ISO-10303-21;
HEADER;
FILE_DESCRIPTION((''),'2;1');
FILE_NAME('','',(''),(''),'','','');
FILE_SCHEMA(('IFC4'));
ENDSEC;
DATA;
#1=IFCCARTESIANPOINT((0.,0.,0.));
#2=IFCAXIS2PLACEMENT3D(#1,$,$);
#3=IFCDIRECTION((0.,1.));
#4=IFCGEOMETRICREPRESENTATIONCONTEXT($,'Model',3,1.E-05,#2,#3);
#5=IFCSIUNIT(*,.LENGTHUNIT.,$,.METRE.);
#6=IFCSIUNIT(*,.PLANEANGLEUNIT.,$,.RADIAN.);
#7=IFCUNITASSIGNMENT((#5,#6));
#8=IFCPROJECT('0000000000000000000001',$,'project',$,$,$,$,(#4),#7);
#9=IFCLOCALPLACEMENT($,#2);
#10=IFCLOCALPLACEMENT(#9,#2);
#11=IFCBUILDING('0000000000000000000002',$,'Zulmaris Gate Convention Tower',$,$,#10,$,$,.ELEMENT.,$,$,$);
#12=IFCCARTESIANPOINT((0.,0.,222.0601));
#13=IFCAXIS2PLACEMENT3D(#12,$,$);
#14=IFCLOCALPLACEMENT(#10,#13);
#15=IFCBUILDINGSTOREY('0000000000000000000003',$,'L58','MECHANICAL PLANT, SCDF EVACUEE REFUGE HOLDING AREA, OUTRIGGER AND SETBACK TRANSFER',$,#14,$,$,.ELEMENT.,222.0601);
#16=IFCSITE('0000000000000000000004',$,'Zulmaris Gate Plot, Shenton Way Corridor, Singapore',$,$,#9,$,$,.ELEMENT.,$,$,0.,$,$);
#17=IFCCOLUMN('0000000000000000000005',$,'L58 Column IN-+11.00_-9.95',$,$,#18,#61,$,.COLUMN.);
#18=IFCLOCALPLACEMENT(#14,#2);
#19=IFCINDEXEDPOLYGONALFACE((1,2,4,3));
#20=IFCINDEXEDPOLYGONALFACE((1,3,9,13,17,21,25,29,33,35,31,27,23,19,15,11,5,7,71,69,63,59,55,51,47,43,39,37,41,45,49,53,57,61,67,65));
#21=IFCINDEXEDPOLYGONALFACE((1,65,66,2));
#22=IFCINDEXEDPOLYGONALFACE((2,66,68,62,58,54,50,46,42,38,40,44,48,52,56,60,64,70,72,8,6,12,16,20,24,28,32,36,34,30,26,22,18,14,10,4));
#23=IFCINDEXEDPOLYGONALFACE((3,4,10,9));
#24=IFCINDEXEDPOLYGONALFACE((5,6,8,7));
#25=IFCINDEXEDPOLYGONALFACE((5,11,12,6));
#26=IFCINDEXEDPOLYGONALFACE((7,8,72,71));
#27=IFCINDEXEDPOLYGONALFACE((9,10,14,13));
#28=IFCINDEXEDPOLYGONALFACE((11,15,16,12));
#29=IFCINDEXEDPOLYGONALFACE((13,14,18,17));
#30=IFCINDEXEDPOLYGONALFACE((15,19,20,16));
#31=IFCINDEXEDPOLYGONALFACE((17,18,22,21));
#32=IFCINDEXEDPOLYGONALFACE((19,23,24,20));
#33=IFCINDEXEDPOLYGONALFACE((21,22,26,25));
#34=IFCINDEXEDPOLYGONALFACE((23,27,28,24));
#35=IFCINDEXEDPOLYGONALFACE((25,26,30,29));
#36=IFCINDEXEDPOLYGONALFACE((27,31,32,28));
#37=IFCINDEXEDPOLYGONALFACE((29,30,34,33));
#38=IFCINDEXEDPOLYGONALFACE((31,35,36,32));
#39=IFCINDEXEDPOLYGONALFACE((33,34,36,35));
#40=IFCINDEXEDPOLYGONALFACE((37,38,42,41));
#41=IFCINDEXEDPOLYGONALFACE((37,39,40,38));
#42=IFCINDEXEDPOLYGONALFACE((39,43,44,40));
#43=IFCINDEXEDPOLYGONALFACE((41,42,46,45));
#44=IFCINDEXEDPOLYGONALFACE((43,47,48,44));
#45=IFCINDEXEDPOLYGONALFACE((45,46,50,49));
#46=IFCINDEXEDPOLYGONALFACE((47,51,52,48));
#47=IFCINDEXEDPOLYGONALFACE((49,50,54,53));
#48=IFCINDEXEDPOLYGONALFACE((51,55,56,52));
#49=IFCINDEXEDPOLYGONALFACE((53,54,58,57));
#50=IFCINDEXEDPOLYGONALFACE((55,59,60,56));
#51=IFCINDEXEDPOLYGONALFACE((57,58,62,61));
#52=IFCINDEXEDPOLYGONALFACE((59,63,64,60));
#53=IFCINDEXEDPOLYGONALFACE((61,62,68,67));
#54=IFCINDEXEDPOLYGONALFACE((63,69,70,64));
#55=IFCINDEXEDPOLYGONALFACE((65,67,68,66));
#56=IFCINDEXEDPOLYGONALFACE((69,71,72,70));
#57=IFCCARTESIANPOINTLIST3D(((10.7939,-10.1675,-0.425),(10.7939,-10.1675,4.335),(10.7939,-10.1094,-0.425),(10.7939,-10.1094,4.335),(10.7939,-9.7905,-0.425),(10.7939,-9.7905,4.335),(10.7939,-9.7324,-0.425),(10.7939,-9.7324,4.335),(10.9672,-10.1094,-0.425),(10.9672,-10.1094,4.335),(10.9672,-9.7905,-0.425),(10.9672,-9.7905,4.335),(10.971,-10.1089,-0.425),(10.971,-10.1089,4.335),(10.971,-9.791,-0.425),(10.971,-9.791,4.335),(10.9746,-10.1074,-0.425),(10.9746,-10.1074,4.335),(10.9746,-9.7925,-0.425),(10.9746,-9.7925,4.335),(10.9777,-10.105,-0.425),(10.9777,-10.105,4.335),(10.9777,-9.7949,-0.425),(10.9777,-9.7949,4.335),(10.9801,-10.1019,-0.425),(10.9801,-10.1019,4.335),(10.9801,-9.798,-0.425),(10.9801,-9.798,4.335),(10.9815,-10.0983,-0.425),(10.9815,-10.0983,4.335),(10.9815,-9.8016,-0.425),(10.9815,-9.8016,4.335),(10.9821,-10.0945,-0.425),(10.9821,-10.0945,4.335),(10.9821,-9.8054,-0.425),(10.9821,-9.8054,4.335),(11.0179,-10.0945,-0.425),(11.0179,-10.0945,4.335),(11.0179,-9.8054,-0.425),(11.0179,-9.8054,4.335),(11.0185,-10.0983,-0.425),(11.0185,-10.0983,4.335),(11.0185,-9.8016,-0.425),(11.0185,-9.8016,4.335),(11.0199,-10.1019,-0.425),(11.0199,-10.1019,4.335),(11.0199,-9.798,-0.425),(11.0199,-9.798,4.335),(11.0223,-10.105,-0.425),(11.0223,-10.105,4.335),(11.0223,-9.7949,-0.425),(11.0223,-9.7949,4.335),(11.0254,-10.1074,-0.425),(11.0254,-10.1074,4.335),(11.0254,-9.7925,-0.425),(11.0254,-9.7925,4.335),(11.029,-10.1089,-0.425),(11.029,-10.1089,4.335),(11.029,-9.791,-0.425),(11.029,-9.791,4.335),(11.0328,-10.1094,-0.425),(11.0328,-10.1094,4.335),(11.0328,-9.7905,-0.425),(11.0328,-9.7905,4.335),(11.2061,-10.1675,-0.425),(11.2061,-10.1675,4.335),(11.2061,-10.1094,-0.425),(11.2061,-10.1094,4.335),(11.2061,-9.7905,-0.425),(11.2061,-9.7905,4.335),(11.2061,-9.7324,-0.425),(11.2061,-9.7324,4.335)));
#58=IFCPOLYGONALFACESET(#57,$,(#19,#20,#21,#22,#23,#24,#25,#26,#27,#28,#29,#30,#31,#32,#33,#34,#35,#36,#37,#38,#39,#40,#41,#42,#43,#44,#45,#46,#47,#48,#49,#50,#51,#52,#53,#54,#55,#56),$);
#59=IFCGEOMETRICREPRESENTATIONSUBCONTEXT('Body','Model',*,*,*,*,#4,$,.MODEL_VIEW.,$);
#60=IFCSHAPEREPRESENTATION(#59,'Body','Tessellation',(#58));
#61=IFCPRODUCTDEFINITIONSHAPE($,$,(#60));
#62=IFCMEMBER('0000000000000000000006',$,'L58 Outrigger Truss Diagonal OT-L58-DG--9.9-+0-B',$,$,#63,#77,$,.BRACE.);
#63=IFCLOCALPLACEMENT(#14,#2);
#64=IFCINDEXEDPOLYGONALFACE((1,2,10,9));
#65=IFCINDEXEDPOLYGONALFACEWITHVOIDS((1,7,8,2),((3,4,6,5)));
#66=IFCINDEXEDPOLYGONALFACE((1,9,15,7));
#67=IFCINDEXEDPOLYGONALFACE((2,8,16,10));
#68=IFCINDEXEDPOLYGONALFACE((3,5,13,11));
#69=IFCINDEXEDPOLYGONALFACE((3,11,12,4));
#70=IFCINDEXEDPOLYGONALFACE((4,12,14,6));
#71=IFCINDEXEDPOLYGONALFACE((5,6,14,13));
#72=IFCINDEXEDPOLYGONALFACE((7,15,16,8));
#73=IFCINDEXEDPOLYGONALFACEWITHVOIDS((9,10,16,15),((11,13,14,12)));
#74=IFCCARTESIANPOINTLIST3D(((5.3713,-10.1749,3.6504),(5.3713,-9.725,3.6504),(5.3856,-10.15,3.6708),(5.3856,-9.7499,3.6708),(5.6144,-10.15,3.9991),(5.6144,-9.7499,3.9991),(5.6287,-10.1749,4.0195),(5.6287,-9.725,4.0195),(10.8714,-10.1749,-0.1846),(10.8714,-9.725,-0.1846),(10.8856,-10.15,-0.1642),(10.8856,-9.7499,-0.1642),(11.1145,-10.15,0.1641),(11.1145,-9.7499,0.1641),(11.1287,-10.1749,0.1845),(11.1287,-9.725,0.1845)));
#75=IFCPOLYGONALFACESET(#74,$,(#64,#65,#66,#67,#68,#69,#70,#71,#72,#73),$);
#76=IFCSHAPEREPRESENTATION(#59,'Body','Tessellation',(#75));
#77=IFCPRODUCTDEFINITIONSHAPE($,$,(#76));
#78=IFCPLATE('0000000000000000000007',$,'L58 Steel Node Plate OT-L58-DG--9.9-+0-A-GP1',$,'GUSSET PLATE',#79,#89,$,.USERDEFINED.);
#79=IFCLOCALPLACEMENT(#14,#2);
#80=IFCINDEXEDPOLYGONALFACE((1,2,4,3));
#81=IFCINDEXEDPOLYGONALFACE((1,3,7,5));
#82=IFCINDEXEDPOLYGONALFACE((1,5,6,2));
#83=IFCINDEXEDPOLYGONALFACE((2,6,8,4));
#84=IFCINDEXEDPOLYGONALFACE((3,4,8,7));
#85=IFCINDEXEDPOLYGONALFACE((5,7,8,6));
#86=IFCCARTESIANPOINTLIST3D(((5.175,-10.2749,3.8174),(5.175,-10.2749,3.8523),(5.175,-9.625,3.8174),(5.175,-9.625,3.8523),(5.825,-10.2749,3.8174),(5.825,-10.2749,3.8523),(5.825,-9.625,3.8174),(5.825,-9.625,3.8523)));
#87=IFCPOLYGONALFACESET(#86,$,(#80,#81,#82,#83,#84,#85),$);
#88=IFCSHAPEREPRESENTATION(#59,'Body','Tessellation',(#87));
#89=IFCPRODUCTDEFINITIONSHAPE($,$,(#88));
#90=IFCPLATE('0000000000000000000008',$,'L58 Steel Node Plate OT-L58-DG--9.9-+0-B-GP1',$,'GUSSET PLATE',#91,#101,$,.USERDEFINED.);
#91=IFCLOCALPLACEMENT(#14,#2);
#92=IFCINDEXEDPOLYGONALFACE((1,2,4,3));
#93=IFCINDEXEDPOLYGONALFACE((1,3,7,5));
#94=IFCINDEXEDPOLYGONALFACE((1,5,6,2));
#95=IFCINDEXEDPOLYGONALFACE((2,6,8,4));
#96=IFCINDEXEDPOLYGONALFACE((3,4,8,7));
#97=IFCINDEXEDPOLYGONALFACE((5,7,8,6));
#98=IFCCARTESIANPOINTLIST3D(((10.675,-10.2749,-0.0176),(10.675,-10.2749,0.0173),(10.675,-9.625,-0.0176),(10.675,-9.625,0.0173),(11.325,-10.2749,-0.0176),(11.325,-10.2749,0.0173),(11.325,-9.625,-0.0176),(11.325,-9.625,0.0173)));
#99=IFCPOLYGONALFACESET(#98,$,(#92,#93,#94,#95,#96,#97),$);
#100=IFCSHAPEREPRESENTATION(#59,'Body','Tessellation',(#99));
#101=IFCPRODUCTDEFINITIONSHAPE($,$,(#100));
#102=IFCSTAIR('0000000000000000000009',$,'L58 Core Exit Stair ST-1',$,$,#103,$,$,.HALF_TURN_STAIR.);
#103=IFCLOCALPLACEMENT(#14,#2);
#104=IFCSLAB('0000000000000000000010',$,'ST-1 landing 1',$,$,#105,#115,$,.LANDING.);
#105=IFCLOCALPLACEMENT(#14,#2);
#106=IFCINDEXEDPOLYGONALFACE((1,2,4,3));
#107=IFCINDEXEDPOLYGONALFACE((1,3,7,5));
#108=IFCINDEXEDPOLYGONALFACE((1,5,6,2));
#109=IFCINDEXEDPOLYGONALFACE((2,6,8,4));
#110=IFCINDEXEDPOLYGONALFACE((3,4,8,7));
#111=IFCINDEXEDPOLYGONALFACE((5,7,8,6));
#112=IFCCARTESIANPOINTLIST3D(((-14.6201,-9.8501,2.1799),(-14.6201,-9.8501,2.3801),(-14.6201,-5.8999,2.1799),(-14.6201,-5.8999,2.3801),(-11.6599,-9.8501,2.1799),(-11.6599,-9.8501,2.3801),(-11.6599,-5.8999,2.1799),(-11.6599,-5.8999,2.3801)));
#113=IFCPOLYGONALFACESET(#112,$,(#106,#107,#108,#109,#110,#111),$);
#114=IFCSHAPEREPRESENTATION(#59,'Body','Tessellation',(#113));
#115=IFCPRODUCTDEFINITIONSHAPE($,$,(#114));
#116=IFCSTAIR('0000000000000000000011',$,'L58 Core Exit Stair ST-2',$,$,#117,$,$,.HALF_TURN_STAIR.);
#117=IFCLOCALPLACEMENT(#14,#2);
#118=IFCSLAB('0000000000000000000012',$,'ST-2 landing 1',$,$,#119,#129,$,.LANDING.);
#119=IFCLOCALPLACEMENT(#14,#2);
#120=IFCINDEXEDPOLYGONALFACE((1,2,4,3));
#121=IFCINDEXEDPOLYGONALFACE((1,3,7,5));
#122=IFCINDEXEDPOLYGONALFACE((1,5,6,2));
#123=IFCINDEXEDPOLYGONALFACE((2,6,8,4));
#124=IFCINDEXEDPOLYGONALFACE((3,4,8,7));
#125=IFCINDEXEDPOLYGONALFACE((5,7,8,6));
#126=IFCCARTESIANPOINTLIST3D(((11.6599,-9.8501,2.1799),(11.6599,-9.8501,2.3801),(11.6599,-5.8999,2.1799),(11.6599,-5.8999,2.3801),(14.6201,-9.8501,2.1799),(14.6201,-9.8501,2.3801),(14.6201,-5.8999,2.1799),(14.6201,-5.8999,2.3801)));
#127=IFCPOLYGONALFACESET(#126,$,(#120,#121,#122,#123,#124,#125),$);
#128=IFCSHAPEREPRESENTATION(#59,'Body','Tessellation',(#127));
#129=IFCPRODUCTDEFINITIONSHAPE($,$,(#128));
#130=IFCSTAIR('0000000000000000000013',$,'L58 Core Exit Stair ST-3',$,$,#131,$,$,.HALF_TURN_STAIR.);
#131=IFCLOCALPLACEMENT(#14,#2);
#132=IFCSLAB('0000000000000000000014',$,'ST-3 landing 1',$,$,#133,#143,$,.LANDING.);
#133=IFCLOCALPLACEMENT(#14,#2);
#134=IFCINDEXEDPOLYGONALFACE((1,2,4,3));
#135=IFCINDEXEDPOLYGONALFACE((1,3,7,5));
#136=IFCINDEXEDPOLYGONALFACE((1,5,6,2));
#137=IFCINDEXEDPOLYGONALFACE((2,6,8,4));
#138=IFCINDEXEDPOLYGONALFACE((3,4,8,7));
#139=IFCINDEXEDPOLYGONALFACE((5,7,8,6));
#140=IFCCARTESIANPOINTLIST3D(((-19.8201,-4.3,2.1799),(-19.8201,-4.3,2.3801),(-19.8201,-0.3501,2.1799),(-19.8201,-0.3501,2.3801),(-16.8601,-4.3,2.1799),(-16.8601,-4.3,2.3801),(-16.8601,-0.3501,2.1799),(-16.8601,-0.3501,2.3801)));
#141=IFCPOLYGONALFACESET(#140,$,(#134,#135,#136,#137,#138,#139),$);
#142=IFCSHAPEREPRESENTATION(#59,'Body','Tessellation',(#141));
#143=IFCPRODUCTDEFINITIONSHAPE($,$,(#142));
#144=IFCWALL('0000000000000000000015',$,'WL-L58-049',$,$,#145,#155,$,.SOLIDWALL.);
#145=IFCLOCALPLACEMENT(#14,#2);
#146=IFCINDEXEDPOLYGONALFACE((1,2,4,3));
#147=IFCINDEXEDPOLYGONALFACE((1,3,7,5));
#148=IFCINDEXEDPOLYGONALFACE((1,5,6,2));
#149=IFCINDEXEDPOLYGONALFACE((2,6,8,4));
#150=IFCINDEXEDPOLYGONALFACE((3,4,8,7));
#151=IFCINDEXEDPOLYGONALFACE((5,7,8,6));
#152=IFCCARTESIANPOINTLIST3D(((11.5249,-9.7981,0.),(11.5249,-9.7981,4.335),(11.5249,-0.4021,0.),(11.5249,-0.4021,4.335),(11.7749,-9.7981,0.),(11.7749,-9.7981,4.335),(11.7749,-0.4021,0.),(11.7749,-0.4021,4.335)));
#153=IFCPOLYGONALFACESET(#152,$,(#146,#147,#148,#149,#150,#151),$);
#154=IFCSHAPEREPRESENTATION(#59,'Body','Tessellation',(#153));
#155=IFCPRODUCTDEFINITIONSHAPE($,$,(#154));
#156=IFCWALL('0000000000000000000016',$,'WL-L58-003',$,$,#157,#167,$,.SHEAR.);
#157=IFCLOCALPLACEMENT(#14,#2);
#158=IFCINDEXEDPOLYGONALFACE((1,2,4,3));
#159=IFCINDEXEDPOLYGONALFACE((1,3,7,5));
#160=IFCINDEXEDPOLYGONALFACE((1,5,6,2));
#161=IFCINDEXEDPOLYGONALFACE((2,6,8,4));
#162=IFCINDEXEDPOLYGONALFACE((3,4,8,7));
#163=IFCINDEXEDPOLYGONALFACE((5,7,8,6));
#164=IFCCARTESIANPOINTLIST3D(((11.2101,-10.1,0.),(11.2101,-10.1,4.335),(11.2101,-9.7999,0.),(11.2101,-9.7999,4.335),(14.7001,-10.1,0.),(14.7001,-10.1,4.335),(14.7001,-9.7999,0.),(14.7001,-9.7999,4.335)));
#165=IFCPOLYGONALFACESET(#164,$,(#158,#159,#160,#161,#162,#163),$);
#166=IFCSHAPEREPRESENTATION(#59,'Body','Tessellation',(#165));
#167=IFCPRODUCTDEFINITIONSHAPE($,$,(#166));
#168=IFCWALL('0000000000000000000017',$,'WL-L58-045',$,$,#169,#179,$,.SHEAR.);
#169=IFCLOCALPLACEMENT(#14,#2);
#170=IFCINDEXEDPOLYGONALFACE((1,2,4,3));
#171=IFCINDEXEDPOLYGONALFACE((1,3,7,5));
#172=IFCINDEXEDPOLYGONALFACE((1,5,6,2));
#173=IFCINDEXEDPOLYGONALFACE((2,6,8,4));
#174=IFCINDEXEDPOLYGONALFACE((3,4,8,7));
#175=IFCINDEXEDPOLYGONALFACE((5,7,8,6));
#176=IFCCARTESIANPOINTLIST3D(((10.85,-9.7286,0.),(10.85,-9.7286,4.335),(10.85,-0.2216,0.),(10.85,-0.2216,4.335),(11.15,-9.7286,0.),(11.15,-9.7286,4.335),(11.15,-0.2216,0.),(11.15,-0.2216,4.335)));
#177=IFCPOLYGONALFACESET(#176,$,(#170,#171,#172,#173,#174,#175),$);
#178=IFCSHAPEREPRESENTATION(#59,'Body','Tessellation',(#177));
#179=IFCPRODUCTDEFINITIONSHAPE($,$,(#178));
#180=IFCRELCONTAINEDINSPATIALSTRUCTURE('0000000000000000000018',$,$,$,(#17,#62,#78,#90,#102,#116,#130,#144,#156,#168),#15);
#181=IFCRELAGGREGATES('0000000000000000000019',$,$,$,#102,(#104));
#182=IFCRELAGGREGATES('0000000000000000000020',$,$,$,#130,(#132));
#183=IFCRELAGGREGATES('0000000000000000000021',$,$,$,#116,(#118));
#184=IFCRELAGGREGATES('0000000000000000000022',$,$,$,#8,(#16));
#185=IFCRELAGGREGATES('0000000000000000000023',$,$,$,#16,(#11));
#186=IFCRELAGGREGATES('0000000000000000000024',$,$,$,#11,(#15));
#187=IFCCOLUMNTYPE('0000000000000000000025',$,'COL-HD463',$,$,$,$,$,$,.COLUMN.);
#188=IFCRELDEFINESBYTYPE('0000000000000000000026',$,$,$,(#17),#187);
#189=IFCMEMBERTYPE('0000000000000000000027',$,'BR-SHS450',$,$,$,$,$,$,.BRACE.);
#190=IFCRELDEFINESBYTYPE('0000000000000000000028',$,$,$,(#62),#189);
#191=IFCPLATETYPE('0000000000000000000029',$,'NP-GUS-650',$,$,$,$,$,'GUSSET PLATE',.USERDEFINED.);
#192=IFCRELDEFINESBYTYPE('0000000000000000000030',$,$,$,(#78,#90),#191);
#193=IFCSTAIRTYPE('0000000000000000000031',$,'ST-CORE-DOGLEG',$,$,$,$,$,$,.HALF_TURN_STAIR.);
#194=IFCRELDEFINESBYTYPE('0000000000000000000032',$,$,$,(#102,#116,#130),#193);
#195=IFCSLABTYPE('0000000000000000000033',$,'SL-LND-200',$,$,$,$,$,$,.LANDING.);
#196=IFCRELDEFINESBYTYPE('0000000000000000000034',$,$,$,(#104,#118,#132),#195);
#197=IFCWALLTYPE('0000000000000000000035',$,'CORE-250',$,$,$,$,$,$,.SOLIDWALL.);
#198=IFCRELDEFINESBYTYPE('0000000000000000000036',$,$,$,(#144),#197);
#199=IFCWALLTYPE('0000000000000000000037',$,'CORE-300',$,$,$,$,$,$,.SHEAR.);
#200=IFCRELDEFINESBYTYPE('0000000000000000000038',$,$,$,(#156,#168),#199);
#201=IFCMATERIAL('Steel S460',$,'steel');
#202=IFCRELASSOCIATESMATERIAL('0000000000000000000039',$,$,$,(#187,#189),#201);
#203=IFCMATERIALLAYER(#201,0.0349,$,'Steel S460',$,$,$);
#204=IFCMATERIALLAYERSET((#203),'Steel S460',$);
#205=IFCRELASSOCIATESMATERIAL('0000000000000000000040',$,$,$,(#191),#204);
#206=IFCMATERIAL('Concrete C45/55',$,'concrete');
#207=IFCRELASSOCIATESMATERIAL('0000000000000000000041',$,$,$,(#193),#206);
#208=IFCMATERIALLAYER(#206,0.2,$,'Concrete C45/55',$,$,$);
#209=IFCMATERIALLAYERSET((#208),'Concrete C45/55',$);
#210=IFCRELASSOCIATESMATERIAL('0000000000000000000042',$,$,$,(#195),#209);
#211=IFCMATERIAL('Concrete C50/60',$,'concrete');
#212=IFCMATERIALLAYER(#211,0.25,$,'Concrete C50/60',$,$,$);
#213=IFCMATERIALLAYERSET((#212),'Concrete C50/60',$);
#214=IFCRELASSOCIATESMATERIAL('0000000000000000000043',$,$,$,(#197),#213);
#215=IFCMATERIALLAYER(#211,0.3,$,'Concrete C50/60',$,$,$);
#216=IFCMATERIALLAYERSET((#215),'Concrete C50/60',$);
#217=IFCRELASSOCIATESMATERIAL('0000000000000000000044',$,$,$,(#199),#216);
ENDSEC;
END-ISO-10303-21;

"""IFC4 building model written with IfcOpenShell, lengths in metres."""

from ifc_helpers import new_model, si_unit, direction, frame, frame_2d, origin, origin_2d, place, context, subcontext, project, spatial, polyline, rectangle, hollow_rectangle, i_section, outline, extrude, material, layer, layer_set, material_profile, profile_set, type_object, element, aggregate, save


model = new_model("IFC4")

# Units and contexts
model_context = context("Model", 3, precision=1e-05, world=origin(), true_north=direction((0.0, 1.0)))
body_context = subcontext(model_context, "Body", "Model", "MODEL_VIEW")
ifc_project = project(units=[si_unit("LENGTHUNIT", "METRE"), si_unit("PLANEANGLEUNIT", "RADIAN")], contexts=[model_context])

# Site, building, storey
site_placement = place(None, origin())
site = spatial("IfcSite", under=ifc_project, at=site_placement, Name="Zulmaris Gate Plot, Shenton Way Corridor, Singapore", CompositionType="ELEMENT", RefElevation=0.0)
building_placement = place(site_placement, origin())
building = spatial("IfcBuilding", under=site, at=building_placement, Name="Zulmaris Gate Convention Tower", CompositionType="ELEMENT")
storey_placement = place(building_placement, frame((0.0, 0.0, 222.0601)))
storey = spatial("IfcBuildingStorey", under=building, at=storey_placement, Name="L58", Description="MECHANICAL PLANT, SCDF EVACUEE REFUGE HOLDING AREA, OUTRIGGER AND SETBACK TRANSFER", CompositionType="ELEMENT", Elevation=222.0601)

# Column
ifc_material_1 = material(Name="Steel S460", Category="steel")
ifc_material_profile_1 = material_profile(ifc_material_1, i_section(OverallWidth=0.4121, OverallDepth=0.4351, WebThickness=0.0359, FlangeThickness=0.0581, FilletRadius=0.0149, at=origin_2d()), Name="HD 400x463")
ifc_profile_set_1 = profile_set([ifc_material_profile_1], Name="Steel S460")
column_type = type_object("IfcColumnType", Name="COL-HD463", PredefinedType="COLUMN", material=ifc_profile_set_1)
column_placement = place(storey_placement, frame((11.0, -9.95, -0.425), z_axis=(0.0, 0.0, 1.0), x_axis=(1.0, 0.0, 0.0)))
element("IfcColumn", 1, at=column_placement, inside=storey, type_object=column_type, Name="L58 Column IN-+11.00_-9.95", PredefinedType="COLUMN", context=body_context, shape_type="SweptSolid", body=[
    extrude(i_section(OverallWidth=0.4121, OverallDepth=0.4351, WebThickness=0.0359, FlangeThickness=0.0581, FilletRadius=0.0149, at=origin_2d()), origin(), (0.0, 0.0, 1.0), 4.76),
])

# Member
ifc_material_profile_2 = material_profile(ifc_material_1, hollow_rectangle(XDim=0.45, YDim=0.45, WallThickness=0.0249, at=origin_2d()), Name="SHS 450x450x25")
ifc_profile_set_2 = profile_set([ifc_material_profile_2], Name="Steel S460")
member_type = type_object("IfcMemberType", Name="BR-SHS450", PredefinedType="BRACE", material=ifc_profile_set_2)
member_placement = place(storey_placement, frame((5.5, -9.95, 3.835), z_axis=(0.820284, 0.0, -0.571956), x_axis=(0.0, 1.0, 0.0)))
element("IfcMember", 2, at=member_placement, inside=storey, type_object=member_type, Name="L58 Outrigger Truss Diagonal OT-L58-DG--9.9-+0-B", PredefinedType="BRACE", context=body_context, shape_type="SweptSolid", body=[
    extrude(hollow_rectangle(XDim=0.45, YDim=0.45, WallThickness=0.0249, at=origin_2d()), origin(), (0.0, 0.0, 1.0), 6.7051),
])

# Plates
ifc_layer_1 = layer(ifc_material_1, 0.0349, Name="Steel S460")
ifc_layer_set_1 = layer_set([ifc_layer_1], Name="Steel S460")
plate_type = type_object("IfcPlateType", Name="NP-GUS-650", ElementType="GUSSET PLATE", PredefinedType="USERDEFINED", material=ifc_layer_set_1)
for number, where, z_axis, x_axis, name in (
    (3, (5.5, -9.95, 3.8174), (0.0, 0.0, 1.0), (1.0, 0.0, 0.0), "L58 Steel Node Plate OT-L58-DG--9.9-+0-A-GP1"),
    (4, (11.0, -9.95, -0.0176), (0.0, 0.0, 1.0), (1.0, 0.0, 0.0), "L58 Steel Node Plate OT-L58-DG--9.9-+0-B-GP1"),
):
    element("IfcPlate", number, at=place(storey_placement, frame(where, z_axis=z_axis, x_axis=x_axis)), inside=storey, type_object=plate_type, Name=name, ObjectType="GUSSET PLATE", PredefinedType="USERDEFINED", context=body_context, shape_type="SweptSolid", body=[
        extrude(rectangle(XDim=0.6499, YDim=0.6499, at=origin_2d()), origin(), (0.0, 0.0, 1.0), 0.0349),
    ])

# Stairs, slabs
ifc_material_2 = material(Name="Concrete C45/55", Category="concrete")
stair_type = type_object("IfcStairType", Name="ST-CORE-DOGLEG", PredefinedType="HALF_TURN_STAIR", material=ifc_material_2)
stair_1_placement = place(storey_placement, origin())
stair_1 = element("IfcStair", 5, at=stair_1_placement, inside=storey, type_object=stair_type, Name="L58 Core Exit Stair ST-1", PredefinedType="HALF_TURN_STAIR")
ifc_layer_2 = layer(ifc_material_2, 0.2, Name="Concrete C45/55")
ifc_layer_set_2 = layer_set([ifc_layer_2], Name="Concrete C45/55")
slab_type = type_object("IfcSlabType", Name="SL-LND-200", PredefinedType="LANDING", material=ifc_layer_set_2)
slab_1_placement = place(storey_placement, frame((0.0, 0.0, 2.1799)))
slab_1 = element("IfcSlab", 6, at=slab_1_placement, type_object=slab_type, Name="ST-1 landing 1", PredefinedType="LANDING", context=body_context, shape_type="SweptSolid", body=[
    extrude(outline(polyline([(-14.6201, -5.8999), (-14.6201, -9.8501), (-11.6599, -9.8501), (-11.6599, -5.8999), (-14.6201, -5.8999)])), origin(), (0.0, 0.0, 1.0), 0.2002),
])
aggregate(stair_1, [slab_1])
stair_2_placement = place(storey_placement, origin())
stair_2 = element("IfcStair", 7, at=stair_2_placement, inside=storey, type_object=stair_type, Name="L58 Core Exit Stair ST-2", PredefinedType="HALF_TURN_STAIR")
slab_2_placement = place(storey_placement, frame((0.0, 0.0, 2.1799)))
slab_2 = element("IfcSlab", 8, at=slab_2_placement, type_object=slab_type, Name="ST-2 landing 1", PredefinedType="LANDING", context=body_context, shape_type="SweptSolid", body=[
    extrude(outline(polyline([(11.6599, -5.8999), (11.6599, -9.8501), (14.6201, -9.8501), (14.6201, -5.8999), (11.6599, -5.8999)])), origin(), (0.0, 0.0, 1.0), 0.2002),
])
stair_3_placement = place(storey_placement, origin())
stair_3 = element("IfcStair", 9, at=stair_3_placement, inside=storey, type_object=stair_type, Name="L58 Core Exit Stair ST-3", PredefinedType="HALF_TURN_STAIR")
slab_3_placement = place(storey_placement, frame((0.0, 0.0, 2.1799)))
slab_3 = element("IfcSlab", 10, at=slab_3_placement, type_object=slab_type, Name="ST-3 landing 1", PredefinedType="LANDING", context=body_context, shape_type="SweptSolid", body=[
    extrude(outline(polyline([(-16.8601, -4.3), (-16.8601, -0.3501), (-19.8201, -0.3501), (-19.8201, -4.3), (-16.8601, -4.3)])), origin(), (0.0, 0.0, 1.0), 0.2002),
])
aggregate(stair_3, [slab_3])

# Walls
ifc_material_3 = material(Name="Concrete C50/60", Category="concrete")
ifc_layer_3 = layer(ifc_material_3, 0.25, Name="Concrete C50/60")
ifc_layer_set_3 = layer_set([ifc_layer_3], Name="Concrete C50/60")
wall_type_1 = type_object("IfcWallType", Name="CORE-250", PredefinedType="SOLIDWALL", material=ifc_layer_set_3)
wall_1_placement = place(storey_placement, frame((11.6499, -9.7981, 0.0), z_axis=(0.0, 0.0, 1.0), x_axis=(0.0, 1.0, 0.0)))
element("IfcWall", 11, at=wall_1_placement, inside=storey, type_object=wall_type_1, Name="WL-L58-049", PredefinedType="SOLIDWALL", context=body_context, shape_type="SweptSolid", body=[
    extrude(rectangle(XDim=9.396, YDim=0.25, at=frame_2d((4.698, 0.0))), origin(), (0.0, 0.0, 1.0), 4.335),
])
ifc_layer_4 = layer(ifc_material_3, 0.3, Name="Concrete C50/60")
ifc_layer_set_4 = layer_set([ifc_layer_4], Name="Concrete C50/60")
wall_type_2 = type_object("IfcWallType", Name="CORE-300", PredefinedType="SHEAR", material=ifc_layer_set_4)
wall_2_placement = place(storey_placement, frame((11.21, -9.95, 0.0), z_axis=(0.0, 0.0, 1.0), x_axis=(1.0, 0.0, 0.0)))
element("IfcWall", 12, at=wall_2_placement, inside=storey, type_object=wall_type_2, Name="WL-L58-003", PredefinedType="SHEAR", context=body_context, shape_type="SweptSolid", body=[
    extrude(rectangle(XDim=3.49, YDim=0.3, at=frame_2d((1.7451, 0.0))), origin(), (0.0, 0.0, 1.0), 4.335),
])

# Wall
wall_3_placement = place(storey_placement, frame((11.0, -9.7285, 0.0), z_axis=(0.0, 0.0, 1.0), x_axis=(0.0, 1.0, 0.0)))
element("IfcWall", 13, at=wall_3_placement, inside=storey, type_object=wall_type_2, Name="WL-L58-045", PredefinedType="SHEAR", context=body_context, shape_type="SweptSolid", body=[
    extrude(rectangle(XDim=9.5071, YDim=0.3, at=frame_2d((4.7534, 0.0))), origin(), (0.0, 0.0, 1.0), 4.335),
])

aggregate(stair_2, [slab_2])

save(model, "model.ifc")
